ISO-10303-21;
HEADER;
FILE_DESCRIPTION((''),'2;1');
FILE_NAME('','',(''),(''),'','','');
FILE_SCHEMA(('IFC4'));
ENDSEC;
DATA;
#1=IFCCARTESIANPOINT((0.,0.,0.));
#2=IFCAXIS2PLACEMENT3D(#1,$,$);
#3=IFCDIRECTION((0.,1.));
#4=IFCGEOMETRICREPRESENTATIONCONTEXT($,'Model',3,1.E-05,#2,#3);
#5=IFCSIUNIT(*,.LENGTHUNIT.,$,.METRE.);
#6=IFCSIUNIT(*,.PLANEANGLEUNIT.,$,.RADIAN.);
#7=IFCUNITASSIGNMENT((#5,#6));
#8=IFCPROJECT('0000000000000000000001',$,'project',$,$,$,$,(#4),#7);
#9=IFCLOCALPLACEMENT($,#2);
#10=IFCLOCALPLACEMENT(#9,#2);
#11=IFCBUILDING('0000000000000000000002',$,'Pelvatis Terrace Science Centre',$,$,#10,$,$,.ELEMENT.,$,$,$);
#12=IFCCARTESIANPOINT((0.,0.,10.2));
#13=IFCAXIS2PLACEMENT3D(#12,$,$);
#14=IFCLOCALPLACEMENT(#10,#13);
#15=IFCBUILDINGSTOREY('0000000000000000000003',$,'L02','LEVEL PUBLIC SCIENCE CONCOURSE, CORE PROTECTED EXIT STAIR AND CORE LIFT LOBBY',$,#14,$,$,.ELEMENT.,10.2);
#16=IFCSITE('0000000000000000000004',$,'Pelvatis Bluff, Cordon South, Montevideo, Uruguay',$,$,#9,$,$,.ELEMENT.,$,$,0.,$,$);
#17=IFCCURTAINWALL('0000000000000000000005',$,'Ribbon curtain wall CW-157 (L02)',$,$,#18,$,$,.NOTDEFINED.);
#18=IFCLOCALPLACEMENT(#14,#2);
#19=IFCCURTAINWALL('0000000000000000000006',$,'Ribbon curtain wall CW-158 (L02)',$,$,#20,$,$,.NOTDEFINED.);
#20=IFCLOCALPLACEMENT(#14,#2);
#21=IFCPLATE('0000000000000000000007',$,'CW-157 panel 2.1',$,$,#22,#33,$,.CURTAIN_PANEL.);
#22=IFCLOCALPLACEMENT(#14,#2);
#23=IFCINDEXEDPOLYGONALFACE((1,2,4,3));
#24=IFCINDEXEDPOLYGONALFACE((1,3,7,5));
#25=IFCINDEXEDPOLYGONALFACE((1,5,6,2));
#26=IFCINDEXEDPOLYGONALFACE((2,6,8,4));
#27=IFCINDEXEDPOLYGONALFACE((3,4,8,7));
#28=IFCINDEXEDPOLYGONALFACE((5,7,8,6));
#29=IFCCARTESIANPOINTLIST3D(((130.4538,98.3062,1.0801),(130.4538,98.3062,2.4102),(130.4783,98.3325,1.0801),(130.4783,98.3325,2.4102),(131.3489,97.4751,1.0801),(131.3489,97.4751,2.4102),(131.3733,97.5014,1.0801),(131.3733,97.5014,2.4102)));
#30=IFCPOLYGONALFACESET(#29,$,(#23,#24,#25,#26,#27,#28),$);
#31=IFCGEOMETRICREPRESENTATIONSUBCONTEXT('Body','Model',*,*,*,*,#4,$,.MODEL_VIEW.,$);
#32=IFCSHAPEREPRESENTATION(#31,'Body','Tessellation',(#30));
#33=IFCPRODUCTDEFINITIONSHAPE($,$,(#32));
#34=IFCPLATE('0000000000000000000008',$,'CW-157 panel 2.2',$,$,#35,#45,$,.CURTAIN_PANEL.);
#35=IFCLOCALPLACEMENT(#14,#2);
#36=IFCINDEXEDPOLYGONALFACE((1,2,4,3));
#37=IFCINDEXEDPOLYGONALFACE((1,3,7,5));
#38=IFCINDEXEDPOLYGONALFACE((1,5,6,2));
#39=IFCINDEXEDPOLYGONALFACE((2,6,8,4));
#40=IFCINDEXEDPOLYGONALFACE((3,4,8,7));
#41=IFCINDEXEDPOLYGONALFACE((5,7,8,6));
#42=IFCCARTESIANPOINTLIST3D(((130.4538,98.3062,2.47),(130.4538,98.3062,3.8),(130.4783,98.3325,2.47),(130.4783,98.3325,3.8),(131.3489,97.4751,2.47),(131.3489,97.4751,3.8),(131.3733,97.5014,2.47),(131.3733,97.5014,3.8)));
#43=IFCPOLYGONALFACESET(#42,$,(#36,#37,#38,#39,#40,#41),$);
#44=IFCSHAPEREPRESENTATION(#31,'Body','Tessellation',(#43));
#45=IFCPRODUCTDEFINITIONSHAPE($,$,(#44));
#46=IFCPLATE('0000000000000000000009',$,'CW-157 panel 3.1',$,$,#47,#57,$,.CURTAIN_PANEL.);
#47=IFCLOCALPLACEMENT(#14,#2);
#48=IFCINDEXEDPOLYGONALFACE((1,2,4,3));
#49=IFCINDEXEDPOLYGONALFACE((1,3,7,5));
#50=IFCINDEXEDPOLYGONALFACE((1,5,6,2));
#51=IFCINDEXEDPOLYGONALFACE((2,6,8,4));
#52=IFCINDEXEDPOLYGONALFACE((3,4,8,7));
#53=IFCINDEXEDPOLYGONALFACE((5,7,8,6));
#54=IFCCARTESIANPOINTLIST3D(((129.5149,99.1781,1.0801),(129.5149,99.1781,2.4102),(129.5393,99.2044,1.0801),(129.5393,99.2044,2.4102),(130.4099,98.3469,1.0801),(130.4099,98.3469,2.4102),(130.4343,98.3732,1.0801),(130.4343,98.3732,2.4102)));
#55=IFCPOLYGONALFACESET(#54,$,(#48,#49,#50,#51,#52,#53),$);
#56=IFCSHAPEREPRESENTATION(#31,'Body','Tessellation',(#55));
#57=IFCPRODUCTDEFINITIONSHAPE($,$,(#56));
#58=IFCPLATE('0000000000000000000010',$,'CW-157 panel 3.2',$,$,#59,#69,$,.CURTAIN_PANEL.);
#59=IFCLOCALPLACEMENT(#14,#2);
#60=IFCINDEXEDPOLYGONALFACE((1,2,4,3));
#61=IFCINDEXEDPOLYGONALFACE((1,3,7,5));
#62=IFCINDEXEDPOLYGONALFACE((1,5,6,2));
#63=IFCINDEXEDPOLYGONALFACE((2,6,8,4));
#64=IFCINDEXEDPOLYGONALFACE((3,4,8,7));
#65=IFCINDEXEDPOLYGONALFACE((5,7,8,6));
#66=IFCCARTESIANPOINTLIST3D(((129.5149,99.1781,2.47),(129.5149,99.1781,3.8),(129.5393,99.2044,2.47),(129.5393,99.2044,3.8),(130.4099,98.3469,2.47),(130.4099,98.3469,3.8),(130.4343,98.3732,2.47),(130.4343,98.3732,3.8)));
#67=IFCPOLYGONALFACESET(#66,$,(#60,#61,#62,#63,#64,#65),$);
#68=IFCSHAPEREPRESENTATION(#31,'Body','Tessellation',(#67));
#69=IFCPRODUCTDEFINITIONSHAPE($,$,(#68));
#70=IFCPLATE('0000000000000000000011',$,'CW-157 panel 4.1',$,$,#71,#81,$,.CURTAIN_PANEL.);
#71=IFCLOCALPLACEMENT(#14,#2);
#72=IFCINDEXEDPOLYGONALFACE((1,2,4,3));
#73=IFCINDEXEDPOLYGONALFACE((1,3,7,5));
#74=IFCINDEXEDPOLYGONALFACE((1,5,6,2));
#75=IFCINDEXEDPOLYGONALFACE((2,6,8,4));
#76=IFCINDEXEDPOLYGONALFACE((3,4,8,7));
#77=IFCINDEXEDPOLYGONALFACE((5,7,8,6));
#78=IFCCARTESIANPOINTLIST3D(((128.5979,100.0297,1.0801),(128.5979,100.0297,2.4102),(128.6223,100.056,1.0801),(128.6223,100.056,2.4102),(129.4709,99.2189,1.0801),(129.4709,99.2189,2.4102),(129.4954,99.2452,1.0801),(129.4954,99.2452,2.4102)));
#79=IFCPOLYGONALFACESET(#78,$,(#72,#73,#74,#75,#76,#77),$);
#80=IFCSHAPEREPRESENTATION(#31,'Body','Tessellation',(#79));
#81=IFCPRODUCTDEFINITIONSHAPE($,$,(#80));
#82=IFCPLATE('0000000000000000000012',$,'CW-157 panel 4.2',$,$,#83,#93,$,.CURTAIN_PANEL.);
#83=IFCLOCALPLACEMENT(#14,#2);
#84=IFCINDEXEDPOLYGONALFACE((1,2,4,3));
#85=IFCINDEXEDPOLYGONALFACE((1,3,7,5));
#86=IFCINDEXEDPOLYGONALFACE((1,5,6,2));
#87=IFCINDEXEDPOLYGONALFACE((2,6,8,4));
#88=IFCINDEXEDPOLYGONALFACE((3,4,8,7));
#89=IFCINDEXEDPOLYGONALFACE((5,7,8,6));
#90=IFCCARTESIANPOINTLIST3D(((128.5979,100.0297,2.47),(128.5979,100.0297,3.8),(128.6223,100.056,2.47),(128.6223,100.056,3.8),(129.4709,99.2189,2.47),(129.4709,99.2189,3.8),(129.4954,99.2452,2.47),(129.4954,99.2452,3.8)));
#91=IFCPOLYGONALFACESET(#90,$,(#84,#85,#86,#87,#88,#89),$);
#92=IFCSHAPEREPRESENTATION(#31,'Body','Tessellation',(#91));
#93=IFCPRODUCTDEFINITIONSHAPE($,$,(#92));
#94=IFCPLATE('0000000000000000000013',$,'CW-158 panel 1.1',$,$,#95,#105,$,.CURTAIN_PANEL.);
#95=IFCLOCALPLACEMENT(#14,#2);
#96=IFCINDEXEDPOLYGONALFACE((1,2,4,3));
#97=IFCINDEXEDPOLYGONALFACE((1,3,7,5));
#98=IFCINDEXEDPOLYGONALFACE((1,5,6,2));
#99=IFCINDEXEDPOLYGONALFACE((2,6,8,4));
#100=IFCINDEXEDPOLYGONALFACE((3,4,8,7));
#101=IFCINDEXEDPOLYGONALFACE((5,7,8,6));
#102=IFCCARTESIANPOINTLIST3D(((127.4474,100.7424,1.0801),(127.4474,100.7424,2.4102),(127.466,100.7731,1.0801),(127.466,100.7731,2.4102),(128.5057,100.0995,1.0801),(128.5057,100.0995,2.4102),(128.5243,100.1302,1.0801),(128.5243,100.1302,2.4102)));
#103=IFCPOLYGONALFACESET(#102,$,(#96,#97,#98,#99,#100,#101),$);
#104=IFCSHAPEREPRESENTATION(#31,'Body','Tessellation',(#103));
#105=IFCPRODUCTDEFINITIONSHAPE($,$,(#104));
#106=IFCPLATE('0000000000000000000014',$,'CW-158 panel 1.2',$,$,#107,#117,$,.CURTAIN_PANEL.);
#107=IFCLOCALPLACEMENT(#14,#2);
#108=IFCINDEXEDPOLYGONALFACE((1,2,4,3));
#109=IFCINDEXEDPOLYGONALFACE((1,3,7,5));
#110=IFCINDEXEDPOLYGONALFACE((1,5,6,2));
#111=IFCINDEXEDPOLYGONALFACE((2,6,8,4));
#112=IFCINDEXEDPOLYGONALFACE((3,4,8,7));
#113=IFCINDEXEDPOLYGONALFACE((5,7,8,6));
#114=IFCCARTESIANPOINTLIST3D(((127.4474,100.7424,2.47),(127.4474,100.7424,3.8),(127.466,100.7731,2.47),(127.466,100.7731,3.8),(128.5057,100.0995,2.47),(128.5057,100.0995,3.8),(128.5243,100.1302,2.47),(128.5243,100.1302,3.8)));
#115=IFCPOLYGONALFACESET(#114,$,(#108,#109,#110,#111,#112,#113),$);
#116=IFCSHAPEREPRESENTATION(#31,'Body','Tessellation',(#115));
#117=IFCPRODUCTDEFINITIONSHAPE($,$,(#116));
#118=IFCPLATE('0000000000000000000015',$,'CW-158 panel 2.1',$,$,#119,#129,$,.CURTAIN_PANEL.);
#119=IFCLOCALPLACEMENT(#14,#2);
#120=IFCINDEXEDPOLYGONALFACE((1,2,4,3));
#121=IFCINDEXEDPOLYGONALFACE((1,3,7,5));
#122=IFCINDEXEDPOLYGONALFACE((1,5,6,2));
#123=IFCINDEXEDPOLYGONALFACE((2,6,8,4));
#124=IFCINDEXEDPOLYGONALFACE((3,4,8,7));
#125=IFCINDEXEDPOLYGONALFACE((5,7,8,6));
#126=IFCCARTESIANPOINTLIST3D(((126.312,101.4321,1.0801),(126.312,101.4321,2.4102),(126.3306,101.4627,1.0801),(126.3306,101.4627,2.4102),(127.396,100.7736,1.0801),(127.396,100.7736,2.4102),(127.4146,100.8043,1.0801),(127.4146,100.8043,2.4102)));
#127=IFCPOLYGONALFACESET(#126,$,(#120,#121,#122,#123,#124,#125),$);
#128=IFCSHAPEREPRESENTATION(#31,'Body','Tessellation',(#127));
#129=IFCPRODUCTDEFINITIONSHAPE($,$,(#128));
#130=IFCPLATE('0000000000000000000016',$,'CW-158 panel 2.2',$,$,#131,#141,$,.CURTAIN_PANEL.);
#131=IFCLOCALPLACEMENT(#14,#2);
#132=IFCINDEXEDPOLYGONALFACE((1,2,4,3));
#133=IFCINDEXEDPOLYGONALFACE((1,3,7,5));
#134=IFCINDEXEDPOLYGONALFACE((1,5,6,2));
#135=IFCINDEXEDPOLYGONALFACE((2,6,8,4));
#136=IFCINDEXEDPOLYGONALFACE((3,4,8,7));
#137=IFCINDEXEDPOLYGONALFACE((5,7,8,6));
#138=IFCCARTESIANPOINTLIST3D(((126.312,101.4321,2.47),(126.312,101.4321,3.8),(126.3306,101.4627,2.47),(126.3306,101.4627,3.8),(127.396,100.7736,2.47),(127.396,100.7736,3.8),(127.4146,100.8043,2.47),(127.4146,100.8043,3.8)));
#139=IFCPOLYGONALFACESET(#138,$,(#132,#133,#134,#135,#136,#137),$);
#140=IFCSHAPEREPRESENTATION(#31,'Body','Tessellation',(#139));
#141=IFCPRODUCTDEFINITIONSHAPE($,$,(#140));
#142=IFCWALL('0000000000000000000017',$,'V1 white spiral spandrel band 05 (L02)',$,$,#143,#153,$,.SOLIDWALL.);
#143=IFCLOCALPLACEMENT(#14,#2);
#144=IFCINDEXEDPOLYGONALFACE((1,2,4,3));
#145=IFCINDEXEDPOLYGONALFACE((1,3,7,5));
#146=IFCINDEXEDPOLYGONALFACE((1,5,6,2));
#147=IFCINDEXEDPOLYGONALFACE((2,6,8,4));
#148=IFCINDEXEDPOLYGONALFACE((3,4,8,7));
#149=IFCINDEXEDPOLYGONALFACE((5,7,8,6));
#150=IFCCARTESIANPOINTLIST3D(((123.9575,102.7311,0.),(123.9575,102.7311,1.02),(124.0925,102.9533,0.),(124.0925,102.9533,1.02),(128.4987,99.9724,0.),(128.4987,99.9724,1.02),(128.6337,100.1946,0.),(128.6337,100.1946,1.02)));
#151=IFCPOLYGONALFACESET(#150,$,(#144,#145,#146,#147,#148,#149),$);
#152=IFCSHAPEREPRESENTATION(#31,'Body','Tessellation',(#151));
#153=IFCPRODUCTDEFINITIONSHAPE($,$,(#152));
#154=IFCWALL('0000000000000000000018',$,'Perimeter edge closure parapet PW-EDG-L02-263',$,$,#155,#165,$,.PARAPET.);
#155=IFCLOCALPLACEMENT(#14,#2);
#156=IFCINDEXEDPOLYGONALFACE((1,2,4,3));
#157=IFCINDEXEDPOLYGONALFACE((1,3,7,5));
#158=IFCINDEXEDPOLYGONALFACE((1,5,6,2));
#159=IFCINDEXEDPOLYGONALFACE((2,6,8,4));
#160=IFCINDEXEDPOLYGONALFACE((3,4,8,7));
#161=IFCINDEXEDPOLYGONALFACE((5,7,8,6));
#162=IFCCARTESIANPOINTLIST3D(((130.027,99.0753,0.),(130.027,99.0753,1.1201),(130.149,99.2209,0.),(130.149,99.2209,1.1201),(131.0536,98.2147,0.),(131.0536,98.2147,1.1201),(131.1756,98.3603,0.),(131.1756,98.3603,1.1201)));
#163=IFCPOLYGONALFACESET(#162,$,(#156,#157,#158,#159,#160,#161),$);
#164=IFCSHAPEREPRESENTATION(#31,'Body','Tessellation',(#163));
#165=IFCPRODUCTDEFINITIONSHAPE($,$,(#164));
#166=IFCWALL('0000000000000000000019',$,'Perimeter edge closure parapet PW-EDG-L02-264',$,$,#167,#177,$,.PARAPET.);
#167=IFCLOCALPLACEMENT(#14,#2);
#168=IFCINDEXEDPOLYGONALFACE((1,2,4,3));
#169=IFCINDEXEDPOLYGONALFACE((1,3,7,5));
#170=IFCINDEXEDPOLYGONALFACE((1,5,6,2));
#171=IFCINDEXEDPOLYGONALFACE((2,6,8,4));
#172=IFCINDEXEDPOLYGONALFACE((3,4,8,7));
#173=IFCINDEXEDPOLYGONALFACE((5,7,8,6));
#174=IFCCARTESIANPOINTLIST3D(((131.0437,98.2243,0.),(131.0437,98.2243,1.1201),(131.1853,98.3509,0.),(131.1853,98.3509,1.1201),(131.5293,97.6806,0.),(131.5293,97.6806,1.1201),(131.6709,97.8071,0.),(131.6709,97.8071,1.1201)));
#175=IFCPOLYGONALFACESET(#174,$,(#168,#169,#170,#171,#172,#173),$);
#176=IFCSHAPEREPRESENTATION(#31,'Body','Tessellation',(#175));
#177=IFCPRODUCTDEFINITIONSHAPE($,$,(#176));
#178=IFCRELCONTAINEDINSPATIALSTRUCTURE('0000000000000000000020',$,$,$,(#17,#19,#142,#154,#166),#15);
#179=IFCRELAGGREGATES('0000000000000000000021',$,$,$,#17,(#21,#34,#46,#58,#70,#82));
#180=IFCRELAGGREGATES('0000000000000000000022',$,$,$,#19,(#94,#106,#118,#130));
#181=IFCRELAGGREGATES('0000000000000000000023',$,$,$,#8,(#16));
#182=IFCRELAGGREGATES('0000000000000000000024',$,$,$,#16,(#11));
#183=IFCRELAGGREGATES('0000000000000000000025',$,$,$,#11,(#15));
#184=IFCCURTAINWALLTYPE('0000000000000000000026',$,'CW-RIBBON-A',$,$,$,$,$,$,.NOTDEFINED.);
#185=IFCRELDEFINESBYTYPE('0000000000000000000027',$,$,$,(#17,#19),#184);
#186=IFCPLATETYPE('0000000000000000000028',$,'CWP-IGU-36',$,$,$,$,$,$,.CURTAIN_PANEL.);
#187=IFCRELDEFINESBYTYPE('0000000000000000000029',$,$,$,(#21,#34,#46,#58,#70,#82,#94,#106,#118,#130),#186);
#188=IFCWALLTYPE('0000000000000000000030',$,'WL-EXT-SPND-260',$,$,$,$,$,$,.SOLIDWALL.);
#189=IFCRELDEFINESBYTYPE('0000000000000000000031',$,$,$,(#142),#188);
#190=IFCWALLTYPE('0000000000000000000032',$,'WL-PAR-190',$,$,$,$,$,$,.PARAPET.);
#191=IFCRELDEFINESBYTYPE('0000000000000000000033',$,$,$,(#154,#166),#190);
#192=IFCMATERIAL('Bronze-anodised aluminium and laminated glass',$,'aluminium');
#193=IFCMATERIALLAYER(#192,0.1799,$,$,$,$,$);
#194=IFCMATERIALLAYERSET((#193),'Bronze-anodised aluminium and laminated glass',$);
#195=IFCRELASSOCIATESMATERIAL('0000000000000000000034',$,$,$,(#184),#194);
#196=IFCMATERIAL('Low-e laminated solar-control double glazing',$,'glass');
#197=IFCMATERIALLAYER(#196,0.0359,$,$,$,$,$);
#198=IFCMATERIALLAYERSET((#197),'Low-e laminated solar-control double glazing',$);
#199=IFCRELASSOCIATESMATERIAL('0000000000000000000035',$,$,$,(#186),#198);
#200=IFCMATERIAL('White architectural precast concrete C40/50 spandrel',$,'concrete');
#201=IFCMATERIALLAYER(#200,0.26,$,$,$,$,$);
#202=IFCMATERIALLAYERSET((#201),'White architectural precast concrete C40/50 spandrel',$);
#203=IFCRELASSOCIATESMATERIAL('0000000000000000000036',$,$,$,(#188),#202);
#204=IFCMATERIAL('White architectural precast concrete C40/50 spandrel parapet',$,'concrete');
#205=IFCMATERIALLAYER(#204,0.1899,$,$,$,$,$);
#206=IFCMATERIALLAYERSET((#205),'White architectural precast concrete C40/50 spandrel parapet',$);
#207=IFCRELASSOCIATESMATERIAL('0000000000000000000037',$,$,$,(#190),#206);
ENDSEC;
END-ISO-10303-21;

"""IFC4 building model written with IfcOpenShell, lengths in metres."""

from ifc_helpers import new_model, si_unit, direction, frame, frame_2d, origin, origin_2d, place, context, subcontext, project, spatial, rectangle, extrude, material, layer, layer_set, type_object, element, aggregate, save


model = new_model("IFC4")

# Units and contexts
model_context = context("Model", 3, precision=1e-05, world=origin(), true_north=direction((0.0, 1.0)))
body_context = subcontext(model_context, "Body", "Model", "MODEL_VIEW")
ifc_project = project(units=[si_unit("LENGTHUNIT", "METRE"), si_unit("PLANEANGLEUNIT", "RADIAN")], contexts=[model_context])

# Site, building, storey
site_placement = place(None, origin())
site = spatial("IfcSite", under=ifc_project, at=site_placement, Name="Pelvatis Bluff, Cordon South, Montevideo, Uruguay", CompositionType="ELEMENT", RefElevation=0.0)
building_placement = place(site_placement, origin())
building = spatial("IfcBuilding", under=site, at=building_placement, Name="Pelvatis Terrace Science Centre", CompositionType="ELEMENT")
storey_placement = place(building_placement, frame((0.0, 0.0, 10.2)))
storey = spatial("IfcBuildingStorey", under=building, at=storey_placement, Name="L02", Description="LEVEL PUBLIC SCIENCE CONCOURSE, CORE PROTECTED EXIT STAIR AND CORE LIFT LOBBY", CompositionType="ELEMENT", Elevation=10.2)

# Curtain walls
ifc_material_1 = material(Name="Bronze-anodised aluminium and laminated glass", Category="aluminium")
ifc_layer_1 = layer(ifc_material_1, 0.1799)
ifc_layer_set_1 = layer_set([ifc_layer_1], Name="Bronze-anodised aluminium and laminated glass")
curtain_wall_type = type_object("IfcCurtainWallType", Name="CW-RIBBON-A", PredefinedType="NOTDEFINED", material=ifc_layer_set_1)
curtain_wall_1_placement = place(storey_placement, origin())
curtain_wall_1 = element("IfcCurtainWall", 1, at=curtain_wall_1_placement, inside=storey, type_object=curtain_wall_type, Name="Ribbon curtain wall CW-157 (L02)", PredefinedType="NOTDEFINED")
curtain_wall_2_placement = place(storey_placement, origin())
curtain_wall_2 = element("IfcCurtainWall", 2, at=curtain_wall_2_placement, inside=storey, type_object=curtain_wall_type, Name="Ribbon curtain wall CW-158 (L02)", PredefinedType="NOTDEFINED")

# Plates
ifc_material_2 = material(Name="Low-e laminated solar-control double glazing", Category="glass")
ifc_layer_2 = layer(ifc_material_2, 0.0359)
ifc_layer_set_2 = layer_set([ifc_layer_2], Name="Low-e laminated solar-control double glazing")
plate_type = type_object("IfcPlateType", Name="CWP-IGU-36", PredefinedType="CURTAIN_PANEL", material=ifc_layer_set_2)
plate_1_placement = place(storey_placement, frame((130.9136, 97.9038, 1.0801), z_axis=(0.0, 0.0, 1.0), x_axis=(-0.732776, 0.68047, 0.0)))
plate_1 = element("IfcPlate", 3, at=plate_1_placement, type_object=plate_type, Name="CW-157 panel 2.1", PredefinedType="CURTAIN_PANEL", context=body_context, shape_type="SweptSolid", body=[
    extrude(rectangle(XDim=1.2214, YDim=0.0359, at=origin_2d()), origin(), (0.0, 0.0, 1.0), 1.3301),
])
plate_2_placement = place(storey_placement, frame((130.9136, 97.9038, 2.47), z_axis=(0.0, 0.0, 1.0), x_axis=(-0.732776, 0.68047, 0.0)))
plate_2 = element("IfcPlate", 4, at=plate_2_placement, type_object=plate_type, Name="CW-157 panel 2.2", PredefinedType="CURTAIN_PANEL", context=body_context, shape_type="SweptSolid", body=[
    extrude(rectangle(XDim=1.2214, YDim=0.0359, at=origin_2d()), origin(), (0.0, 0.0, 1.0), 1.3301),
])
plate_3_placement = place(storey_placement, frame((129.9746, 98.7756, 1.0801), z_axis=(0.0, 0.0, 1.0), x_axis=(-0.732776, 0.68047, 0.0)))
plate_3 = element("IfcPlate", 5, at=plate_3_placement, type_object=plate_type, Name="CW-157 panel 3.1", PredefinedType="CURTAIN_PANEL", context=body_context, shape_type="SweptSolid", body=[
    extrude(rectangle(XDim=1.2214, YDim=0.0359, at=origin_2d()), origin(), (0.0, 0.0, 1.0), 1.3301),
])
plate_4_placement = place(storey_placement, frame((129.9746, 98.7756, 2.47), z_axis=(0.0, 0.0, 1.0), x_axis=(-0.732776, 0.68047, 0.0)))
plate_4 = element("IfcPlate", 6, at=plate_4_placement, type_object=plate_type, Name="CW-157 panel 3.2", PredefinedType="CURTAIN_PANEL", context=body_context, shape_type="SweptSolid", body=[
    extrude(rectangle(XDim=1.2214, YDim=0.0359, at=origin_2d()), origin(), (0.0, 0.0, 1.0), 1.3301),
])
plate_5_placement = place(storey_placement, frame((129.0466, 99.6375, 1.0801), z_axis=(0.0, 0.0, 1.0), x_axis=(-0.732776, 0.68047, 0.0)))
plate_5 = element("IfcPlate", 7, at=plate_5_placement, type_object=plate_type, Name="CW-157 panel 4.1", PredefinedType="CURTAIN_PANEL", context=body_context, shape_type="SweptSolid", body=[
    extrude(rectangle(XDim=1.1914, YDim=0.0359, at=origin_2d()), origin(), (0.0, 0.0, 1.0), 1.3301),
])
plate_6_placement = place(storey_placement, frame((129.0466, 99.6375, 2.47), z_axis=(0.0, 0.0, 1.0), x_axis=(-0.732776, 0.68047, 0.0)))
plate_6 = element("IfcPlate", 8, at=plate_6_placement, type_object=plate_type, Name="CW-157 panel 4.2", PredefinedType="CURTAIN_PANEL", context=body_context, shape_type="SweptSolid", body=[
    extrude(rectangle(XDim=1.1914, YDim=0.0359, at=origin_2d()), origin(), (0.0, 0.0, 1.0), 1.3301),
])
aggregate(curtain_wall_1, [plate_1, plate_2, plate_3, plate_4, plate_5, plate_6])
plate_7_placement = place(storey_placement, frame((127.9858, 100.4363, 1.0801), z_axis=(0.0, 0.0, 1.0), x_axis=(-0.854659, 0.51919, 0.0)))
plate_7 = element("IfcPlate", 9, at=plate_7_placement, type_object=plate_type, Name="CW-158 panel 1.1", PredefinedType="CURTAIN_PANEL", context=body_context, shape_type="SweptSolid", body=[
    extrude(rectangle(XDim=1.2383, YDim=0.0359, at=origin_2d()), origin(), (0.0, 0.0, 1.0), 1.3301),
])
plate_8_placement = place(storey_placement, frame((127.9858, 100.4363, 2.47), z_axis=(0.0, 0.0, 1.0), x_axis=(-0.854659, 0.51919, 0.0)))
plate_8 = element("IfcPlate", 10, at=plate_8_placement, type_object=plate_type, Name="CW-158 panel 1.2", PredefinedType="CURTAIN_PANEL", context=body_context, shape_type="SweptSolid", body=[
    extrude(rectangle(XDim=1.2383, YDim=0.0359, at=origin_2d()), origin(), (0.0, 0.0, 1.0), 1.3301),
])
plate_9_placement = place(storey_placement, frame((126.8633, 101.1182, 1.0801), z_axis=(0.0, 0.0, 1.0), x_axis=(-0.854659, 0.51919, 0.0)))
plate_9 = element("IfcPlate", 11, at=plate_9_placement, type_object=plate_type, Name="CW-158 panel 2.1", PredefinedType="CURTAIN_PANEL", context=body_context, shape_type="SweptSolid", body=[
    extrude(rectangle(XDim=1.2683, YDim=0.0359, at=origin_2d()), origin(), (0.0, 0.0, 1.0), 1.3301),
])
plate_10_placement = place(storey_placement, frame((126.8633, 101.1182, 2.47), z_axis=(0.0, 0.0, 1.0), x_axis=(-0.854659, 0.51919, 0.0)))
plate_10 = element("IfcPlate", 12, at=plate_10_placement, type_object=plate_type, Name="CW-158 panel 2.2", PredefinedType="CURTAIN_PANEL", context=body_context, shape_type="SweptSolid", body=[
    extrude(rectangle(XDim=1.2683, YDim=0.0359, at=origin_2d()), origin(), (0.0, 0.0, 1.0), 1.3301),
])
aggregate(curtain_wall_2, [plate_7, plate_8, plate_9, plate_10])

# Walls
ifc_material_3 = material(Name="White architectural precast concrete C40/50 spandrel", Category="concrete")
ifc_layer_3 = layer(ifc_material_3, 0.26)
ifc_layer_set_3 = layer_set([ifc_layer_3], Name="White architectural precast concrete C40/50 spandrel")
wall_type_1 = type_object("IfcWallType", Name="WL-EXT-SPND-260", PredefinedType="SOLIDWALL", material=ifc_layer_set_3)
wall_1_placement = place(storey_placement, frame((128.5662, 100.0835, 0.0), z_axis=(0.0, 0.0, 1.0), x_axis=(-0.854654, 0.519198, 0.0)))
element("IfcWall", 13, at=wall_1_placement, inside=storey, type_object=wall_type_1, Name="V1 white spiral spandrel band 05 (L02)", PredefinedType="SOLIDWALL", context=body_context, shape_type="SweptSolid", body=[
    extrude(rectangle(XDim=5.3135, YDim=0.26, at=frame_2d((2.6567, 0.0))), origin(), (0.0, 0.0, 1.0), 1.02),
])
ifc_material_4 = material(Name="White architectural precast concrete C40/50 spandrel parapet", Category="concrete")
ifc_layer_4 = layer(ifc_material_4, 0.1899)
ifc_layer_set_4 = layer_set([ifc_layer_4], Name="White architectural precast concrete C40/50 spandrel parapet")
wall_type_2 = type_object("IfcWallType", Name="WL-PAR-190", PredefinedType="PARAPET", material=ifc_layer_set_4)
wall_2_placement = place(storey_placement, frame((130.0879, 99.1482, 0.0), z_axis=(0.0, 0.0, 1.0), x_axis=(0.766351, -0.642422, 0.0)))
element("IfcWall", 14, at=wall_2_placement, inside=storey, type_object=wall_type_2, Name="Perimeter edge closure parapet PW-EDG-L02-263", PredefinedType="PARAPET", context=body_context, shape_type="SweptSolid", body=[
    extrude(rectangle(XDim=1.3396, YDim=0.1899, at=frame_2d((0.6699, 0.0))), origin(), (0.0, 0.0, 1.0), 1.1201),
])
wall_3_placement = place(storey_placement, frame((131.1145, 98.2876, 0.0), z_axis=(0.0, 0.0, 1.0), x_axis=(0.666129, -0.745837, 0.0)))
element("IfcWall", 15, at=wall_3_placement, inside=storey, type_object=wall_type_2, Name="Perimeter edge closure parapet PW-EDG-L02-264", PredefinedType="PARAPET", context=body_context, shape_type="SweptSolid", body=[
    extrude(rectangle(XDim=0.729, YDim=0.1899, at=frame_2d((0.3645, 0.0))), origin(), (0.0, 0.0, 1.0), 1.1201),
])

save(model, "model.ifc")
